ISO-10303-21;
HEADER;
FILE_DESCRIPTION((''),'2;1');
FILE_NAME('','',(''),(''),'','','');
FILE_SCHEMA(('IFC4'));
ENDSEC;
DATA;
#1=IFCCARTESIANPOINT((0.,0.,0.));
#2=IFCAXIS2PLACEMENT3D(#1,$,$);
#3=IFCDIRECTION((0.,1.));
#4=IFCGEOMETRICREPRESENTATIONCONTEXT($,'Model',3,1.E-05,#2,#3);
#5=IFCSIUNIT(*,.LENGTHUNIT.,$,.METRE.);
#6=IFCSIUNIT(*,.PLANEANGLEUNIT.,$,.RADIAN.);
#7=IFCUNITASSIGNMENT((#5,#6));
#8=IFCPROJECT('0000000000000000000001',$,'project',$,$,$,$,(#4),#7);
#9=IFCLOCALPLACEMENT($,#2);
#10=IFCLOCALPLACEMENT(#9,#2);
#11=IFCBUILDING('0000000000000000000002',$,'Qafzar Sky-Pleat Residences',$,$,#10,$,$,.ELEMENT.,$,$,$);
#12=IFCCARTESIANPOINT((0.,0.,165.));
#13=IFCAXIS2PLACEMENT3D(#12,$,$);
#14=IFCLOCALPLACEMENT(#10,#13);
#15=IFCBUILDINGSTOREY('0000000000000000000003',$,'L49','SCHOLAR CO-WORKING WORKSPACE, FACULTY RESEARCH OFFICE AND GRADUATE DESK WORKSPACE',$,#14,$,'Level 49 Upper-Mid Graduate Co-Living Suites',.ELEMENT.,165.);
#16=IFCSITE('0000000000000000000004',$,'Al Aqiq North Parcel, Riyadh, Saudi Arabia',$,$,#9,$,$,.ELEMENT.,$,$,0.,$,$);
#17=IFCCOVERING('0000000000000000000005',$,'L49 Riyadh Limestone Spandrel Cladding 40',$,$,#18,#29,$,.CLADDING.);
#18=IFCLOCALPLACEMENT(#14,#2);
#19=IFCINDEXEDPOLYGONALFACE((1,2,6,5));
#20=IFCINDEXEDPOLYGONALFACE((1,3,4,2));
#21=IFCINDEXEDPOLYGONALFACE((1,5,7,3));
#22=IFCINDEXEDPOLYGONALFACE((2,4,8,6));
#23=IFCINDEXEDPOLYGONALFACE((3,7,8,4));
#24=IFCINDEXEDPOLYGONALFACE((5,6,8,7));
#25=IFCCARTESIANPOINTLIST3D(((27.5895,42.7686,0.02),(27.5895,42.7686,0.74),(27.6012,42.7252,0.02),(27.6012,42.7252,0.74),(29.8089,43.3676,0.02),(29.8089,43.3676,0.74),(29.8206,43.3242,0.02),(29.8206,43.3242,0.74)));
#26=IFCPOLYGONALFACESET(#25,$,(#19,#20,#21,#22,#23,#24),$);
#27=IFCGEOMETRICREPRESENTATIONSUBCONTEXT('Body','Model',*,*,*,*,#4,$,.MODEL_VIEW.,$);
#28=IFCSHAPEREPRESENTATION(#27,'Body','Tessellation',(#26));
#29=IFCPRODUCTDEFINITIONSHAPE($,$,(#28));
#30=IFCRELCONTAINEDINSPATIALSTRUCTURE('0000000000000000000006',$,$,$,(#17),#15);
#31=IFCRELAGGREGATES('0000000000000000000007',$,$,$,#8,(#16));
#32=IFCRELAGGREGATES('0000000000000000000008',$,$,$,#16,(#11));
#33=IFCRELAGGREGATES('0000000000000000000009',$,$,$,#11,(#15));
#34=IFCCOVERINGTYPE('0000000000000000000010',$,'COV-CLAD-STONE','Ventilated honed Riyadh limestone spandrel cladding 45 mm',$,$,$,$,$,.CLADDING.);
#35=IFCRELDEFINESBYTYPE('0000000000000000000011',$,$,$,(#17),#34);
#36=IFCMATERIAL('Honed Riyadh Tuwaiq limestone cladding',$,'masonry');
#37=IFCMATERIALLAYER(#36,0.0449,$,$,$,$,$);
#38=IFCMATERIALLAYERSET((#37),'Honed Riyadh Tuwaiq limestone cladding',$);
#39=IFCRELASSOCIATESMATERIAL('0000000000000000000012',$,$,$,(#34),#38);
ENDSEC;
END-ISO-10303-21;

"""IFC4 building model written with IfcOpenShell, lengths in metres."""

from ifc_helpers import new_model, si_unit, direction, frame, origin, origin_2d, place, context, subcontext, project, spatial, rectangle, extrude, source, transform, mapped, material, layer, layer_set, type_object, element, save


model = new_model("IFC4")

# Units and contexts
model_context = context("Model", 3, precision=1e-05, world=origin(), true_north=direction((0.0, 1.0)))
body_context = subcontext(model_context, "Body", "Model", "MODEL_VIEW")
ifc_project = project(units=[si_unit("LENGTHUNIT", "METRE"), si_unit("PLANEANGLEUNIT", "RADIAN")], contexts=[model_context])

# Site, building, storey
site_placement = place(None, origin())
site = spatial("IfcSite", under=ifc_project, at=site_placement, Name="Al Aqiq North Parcel, Riyadh, Saudi Arabia", CompositionType="ELEMENT", RefElevation=0.0)
building_placement = place(site_placement, origin())
building = spatial("IfcBuilding", under=site, at=building_placement, Name="Qafzar Sky-Pleat Residences", CompositionType="ELEMENT")
storey_placement = place(building_placement, frame((0.0, 0.0, 165.0)))
storey = spatial("IfcBuildingStorey", under=building, at=storey_placement, Name="L49", Description="SCHOLAR CO-WORKING WORKSPACE, FACULTY RESEARCH OFFICE AND GRADUATE DESK WORKSPACE", LongName="Level 49 Upper-Mid Graduate Co-Living Suites", CompositionType="ELEMENT", Elevation=165.0)

# Covering
ifc_material_1 = material(Name="Honed Riyadh Tuwaiq limestone cladding", Category="masonry")
ifc_layer_1 = layer(ifc_material_1, 0.0449)
ifc_layer_set_1 = layer_set([ifc_layer_1], Name="Honed Riyadh Tuwaiq limestone cladding")
covering_type = type_object("IfcCoveringType", Name="COV-CLAD-STONE", Description="Ventilated honed Riyadh limestone spandrel cladding 45 mm", PredefinedType="CLADDING", material=ifc_layer_set_1)
shared_shape_1 = source(origin(), body_context, "Body", "SweptSolid", [
    extrude(rectangle(XDim=2.2988, YDim=0.0449, at=origin_2d()), origin(), (0.0, 0.0, 1.0), 0.72),
])
covering_1_placement = place(storey_placement, frame((28.7051, 43.0464, 0.02), z_axis=(0.0, 0.0, 1.0), x_axis=(-0.965461, -0.260549, 0.0)))
element("IfcCovering", 1, at=covering_1_placement, inside=storey, type_object=covering_type, Name="L49 Riyadh Limestone Spandrel Cladding 40", PredefinedType="CLADDING", context=body_context, shape_type="MappedRepresentation", body=[
    mapped(shared_shape_1, transform((0.0, 0.0, 0.0), x_axis=(1.0, 0.0, 0.0), y_axis=(0.0, 1.0, 0.0), z_axis=(0.0, 0.0, 1.0), scale=1.0)),
])

save(model, "model.ifc")
